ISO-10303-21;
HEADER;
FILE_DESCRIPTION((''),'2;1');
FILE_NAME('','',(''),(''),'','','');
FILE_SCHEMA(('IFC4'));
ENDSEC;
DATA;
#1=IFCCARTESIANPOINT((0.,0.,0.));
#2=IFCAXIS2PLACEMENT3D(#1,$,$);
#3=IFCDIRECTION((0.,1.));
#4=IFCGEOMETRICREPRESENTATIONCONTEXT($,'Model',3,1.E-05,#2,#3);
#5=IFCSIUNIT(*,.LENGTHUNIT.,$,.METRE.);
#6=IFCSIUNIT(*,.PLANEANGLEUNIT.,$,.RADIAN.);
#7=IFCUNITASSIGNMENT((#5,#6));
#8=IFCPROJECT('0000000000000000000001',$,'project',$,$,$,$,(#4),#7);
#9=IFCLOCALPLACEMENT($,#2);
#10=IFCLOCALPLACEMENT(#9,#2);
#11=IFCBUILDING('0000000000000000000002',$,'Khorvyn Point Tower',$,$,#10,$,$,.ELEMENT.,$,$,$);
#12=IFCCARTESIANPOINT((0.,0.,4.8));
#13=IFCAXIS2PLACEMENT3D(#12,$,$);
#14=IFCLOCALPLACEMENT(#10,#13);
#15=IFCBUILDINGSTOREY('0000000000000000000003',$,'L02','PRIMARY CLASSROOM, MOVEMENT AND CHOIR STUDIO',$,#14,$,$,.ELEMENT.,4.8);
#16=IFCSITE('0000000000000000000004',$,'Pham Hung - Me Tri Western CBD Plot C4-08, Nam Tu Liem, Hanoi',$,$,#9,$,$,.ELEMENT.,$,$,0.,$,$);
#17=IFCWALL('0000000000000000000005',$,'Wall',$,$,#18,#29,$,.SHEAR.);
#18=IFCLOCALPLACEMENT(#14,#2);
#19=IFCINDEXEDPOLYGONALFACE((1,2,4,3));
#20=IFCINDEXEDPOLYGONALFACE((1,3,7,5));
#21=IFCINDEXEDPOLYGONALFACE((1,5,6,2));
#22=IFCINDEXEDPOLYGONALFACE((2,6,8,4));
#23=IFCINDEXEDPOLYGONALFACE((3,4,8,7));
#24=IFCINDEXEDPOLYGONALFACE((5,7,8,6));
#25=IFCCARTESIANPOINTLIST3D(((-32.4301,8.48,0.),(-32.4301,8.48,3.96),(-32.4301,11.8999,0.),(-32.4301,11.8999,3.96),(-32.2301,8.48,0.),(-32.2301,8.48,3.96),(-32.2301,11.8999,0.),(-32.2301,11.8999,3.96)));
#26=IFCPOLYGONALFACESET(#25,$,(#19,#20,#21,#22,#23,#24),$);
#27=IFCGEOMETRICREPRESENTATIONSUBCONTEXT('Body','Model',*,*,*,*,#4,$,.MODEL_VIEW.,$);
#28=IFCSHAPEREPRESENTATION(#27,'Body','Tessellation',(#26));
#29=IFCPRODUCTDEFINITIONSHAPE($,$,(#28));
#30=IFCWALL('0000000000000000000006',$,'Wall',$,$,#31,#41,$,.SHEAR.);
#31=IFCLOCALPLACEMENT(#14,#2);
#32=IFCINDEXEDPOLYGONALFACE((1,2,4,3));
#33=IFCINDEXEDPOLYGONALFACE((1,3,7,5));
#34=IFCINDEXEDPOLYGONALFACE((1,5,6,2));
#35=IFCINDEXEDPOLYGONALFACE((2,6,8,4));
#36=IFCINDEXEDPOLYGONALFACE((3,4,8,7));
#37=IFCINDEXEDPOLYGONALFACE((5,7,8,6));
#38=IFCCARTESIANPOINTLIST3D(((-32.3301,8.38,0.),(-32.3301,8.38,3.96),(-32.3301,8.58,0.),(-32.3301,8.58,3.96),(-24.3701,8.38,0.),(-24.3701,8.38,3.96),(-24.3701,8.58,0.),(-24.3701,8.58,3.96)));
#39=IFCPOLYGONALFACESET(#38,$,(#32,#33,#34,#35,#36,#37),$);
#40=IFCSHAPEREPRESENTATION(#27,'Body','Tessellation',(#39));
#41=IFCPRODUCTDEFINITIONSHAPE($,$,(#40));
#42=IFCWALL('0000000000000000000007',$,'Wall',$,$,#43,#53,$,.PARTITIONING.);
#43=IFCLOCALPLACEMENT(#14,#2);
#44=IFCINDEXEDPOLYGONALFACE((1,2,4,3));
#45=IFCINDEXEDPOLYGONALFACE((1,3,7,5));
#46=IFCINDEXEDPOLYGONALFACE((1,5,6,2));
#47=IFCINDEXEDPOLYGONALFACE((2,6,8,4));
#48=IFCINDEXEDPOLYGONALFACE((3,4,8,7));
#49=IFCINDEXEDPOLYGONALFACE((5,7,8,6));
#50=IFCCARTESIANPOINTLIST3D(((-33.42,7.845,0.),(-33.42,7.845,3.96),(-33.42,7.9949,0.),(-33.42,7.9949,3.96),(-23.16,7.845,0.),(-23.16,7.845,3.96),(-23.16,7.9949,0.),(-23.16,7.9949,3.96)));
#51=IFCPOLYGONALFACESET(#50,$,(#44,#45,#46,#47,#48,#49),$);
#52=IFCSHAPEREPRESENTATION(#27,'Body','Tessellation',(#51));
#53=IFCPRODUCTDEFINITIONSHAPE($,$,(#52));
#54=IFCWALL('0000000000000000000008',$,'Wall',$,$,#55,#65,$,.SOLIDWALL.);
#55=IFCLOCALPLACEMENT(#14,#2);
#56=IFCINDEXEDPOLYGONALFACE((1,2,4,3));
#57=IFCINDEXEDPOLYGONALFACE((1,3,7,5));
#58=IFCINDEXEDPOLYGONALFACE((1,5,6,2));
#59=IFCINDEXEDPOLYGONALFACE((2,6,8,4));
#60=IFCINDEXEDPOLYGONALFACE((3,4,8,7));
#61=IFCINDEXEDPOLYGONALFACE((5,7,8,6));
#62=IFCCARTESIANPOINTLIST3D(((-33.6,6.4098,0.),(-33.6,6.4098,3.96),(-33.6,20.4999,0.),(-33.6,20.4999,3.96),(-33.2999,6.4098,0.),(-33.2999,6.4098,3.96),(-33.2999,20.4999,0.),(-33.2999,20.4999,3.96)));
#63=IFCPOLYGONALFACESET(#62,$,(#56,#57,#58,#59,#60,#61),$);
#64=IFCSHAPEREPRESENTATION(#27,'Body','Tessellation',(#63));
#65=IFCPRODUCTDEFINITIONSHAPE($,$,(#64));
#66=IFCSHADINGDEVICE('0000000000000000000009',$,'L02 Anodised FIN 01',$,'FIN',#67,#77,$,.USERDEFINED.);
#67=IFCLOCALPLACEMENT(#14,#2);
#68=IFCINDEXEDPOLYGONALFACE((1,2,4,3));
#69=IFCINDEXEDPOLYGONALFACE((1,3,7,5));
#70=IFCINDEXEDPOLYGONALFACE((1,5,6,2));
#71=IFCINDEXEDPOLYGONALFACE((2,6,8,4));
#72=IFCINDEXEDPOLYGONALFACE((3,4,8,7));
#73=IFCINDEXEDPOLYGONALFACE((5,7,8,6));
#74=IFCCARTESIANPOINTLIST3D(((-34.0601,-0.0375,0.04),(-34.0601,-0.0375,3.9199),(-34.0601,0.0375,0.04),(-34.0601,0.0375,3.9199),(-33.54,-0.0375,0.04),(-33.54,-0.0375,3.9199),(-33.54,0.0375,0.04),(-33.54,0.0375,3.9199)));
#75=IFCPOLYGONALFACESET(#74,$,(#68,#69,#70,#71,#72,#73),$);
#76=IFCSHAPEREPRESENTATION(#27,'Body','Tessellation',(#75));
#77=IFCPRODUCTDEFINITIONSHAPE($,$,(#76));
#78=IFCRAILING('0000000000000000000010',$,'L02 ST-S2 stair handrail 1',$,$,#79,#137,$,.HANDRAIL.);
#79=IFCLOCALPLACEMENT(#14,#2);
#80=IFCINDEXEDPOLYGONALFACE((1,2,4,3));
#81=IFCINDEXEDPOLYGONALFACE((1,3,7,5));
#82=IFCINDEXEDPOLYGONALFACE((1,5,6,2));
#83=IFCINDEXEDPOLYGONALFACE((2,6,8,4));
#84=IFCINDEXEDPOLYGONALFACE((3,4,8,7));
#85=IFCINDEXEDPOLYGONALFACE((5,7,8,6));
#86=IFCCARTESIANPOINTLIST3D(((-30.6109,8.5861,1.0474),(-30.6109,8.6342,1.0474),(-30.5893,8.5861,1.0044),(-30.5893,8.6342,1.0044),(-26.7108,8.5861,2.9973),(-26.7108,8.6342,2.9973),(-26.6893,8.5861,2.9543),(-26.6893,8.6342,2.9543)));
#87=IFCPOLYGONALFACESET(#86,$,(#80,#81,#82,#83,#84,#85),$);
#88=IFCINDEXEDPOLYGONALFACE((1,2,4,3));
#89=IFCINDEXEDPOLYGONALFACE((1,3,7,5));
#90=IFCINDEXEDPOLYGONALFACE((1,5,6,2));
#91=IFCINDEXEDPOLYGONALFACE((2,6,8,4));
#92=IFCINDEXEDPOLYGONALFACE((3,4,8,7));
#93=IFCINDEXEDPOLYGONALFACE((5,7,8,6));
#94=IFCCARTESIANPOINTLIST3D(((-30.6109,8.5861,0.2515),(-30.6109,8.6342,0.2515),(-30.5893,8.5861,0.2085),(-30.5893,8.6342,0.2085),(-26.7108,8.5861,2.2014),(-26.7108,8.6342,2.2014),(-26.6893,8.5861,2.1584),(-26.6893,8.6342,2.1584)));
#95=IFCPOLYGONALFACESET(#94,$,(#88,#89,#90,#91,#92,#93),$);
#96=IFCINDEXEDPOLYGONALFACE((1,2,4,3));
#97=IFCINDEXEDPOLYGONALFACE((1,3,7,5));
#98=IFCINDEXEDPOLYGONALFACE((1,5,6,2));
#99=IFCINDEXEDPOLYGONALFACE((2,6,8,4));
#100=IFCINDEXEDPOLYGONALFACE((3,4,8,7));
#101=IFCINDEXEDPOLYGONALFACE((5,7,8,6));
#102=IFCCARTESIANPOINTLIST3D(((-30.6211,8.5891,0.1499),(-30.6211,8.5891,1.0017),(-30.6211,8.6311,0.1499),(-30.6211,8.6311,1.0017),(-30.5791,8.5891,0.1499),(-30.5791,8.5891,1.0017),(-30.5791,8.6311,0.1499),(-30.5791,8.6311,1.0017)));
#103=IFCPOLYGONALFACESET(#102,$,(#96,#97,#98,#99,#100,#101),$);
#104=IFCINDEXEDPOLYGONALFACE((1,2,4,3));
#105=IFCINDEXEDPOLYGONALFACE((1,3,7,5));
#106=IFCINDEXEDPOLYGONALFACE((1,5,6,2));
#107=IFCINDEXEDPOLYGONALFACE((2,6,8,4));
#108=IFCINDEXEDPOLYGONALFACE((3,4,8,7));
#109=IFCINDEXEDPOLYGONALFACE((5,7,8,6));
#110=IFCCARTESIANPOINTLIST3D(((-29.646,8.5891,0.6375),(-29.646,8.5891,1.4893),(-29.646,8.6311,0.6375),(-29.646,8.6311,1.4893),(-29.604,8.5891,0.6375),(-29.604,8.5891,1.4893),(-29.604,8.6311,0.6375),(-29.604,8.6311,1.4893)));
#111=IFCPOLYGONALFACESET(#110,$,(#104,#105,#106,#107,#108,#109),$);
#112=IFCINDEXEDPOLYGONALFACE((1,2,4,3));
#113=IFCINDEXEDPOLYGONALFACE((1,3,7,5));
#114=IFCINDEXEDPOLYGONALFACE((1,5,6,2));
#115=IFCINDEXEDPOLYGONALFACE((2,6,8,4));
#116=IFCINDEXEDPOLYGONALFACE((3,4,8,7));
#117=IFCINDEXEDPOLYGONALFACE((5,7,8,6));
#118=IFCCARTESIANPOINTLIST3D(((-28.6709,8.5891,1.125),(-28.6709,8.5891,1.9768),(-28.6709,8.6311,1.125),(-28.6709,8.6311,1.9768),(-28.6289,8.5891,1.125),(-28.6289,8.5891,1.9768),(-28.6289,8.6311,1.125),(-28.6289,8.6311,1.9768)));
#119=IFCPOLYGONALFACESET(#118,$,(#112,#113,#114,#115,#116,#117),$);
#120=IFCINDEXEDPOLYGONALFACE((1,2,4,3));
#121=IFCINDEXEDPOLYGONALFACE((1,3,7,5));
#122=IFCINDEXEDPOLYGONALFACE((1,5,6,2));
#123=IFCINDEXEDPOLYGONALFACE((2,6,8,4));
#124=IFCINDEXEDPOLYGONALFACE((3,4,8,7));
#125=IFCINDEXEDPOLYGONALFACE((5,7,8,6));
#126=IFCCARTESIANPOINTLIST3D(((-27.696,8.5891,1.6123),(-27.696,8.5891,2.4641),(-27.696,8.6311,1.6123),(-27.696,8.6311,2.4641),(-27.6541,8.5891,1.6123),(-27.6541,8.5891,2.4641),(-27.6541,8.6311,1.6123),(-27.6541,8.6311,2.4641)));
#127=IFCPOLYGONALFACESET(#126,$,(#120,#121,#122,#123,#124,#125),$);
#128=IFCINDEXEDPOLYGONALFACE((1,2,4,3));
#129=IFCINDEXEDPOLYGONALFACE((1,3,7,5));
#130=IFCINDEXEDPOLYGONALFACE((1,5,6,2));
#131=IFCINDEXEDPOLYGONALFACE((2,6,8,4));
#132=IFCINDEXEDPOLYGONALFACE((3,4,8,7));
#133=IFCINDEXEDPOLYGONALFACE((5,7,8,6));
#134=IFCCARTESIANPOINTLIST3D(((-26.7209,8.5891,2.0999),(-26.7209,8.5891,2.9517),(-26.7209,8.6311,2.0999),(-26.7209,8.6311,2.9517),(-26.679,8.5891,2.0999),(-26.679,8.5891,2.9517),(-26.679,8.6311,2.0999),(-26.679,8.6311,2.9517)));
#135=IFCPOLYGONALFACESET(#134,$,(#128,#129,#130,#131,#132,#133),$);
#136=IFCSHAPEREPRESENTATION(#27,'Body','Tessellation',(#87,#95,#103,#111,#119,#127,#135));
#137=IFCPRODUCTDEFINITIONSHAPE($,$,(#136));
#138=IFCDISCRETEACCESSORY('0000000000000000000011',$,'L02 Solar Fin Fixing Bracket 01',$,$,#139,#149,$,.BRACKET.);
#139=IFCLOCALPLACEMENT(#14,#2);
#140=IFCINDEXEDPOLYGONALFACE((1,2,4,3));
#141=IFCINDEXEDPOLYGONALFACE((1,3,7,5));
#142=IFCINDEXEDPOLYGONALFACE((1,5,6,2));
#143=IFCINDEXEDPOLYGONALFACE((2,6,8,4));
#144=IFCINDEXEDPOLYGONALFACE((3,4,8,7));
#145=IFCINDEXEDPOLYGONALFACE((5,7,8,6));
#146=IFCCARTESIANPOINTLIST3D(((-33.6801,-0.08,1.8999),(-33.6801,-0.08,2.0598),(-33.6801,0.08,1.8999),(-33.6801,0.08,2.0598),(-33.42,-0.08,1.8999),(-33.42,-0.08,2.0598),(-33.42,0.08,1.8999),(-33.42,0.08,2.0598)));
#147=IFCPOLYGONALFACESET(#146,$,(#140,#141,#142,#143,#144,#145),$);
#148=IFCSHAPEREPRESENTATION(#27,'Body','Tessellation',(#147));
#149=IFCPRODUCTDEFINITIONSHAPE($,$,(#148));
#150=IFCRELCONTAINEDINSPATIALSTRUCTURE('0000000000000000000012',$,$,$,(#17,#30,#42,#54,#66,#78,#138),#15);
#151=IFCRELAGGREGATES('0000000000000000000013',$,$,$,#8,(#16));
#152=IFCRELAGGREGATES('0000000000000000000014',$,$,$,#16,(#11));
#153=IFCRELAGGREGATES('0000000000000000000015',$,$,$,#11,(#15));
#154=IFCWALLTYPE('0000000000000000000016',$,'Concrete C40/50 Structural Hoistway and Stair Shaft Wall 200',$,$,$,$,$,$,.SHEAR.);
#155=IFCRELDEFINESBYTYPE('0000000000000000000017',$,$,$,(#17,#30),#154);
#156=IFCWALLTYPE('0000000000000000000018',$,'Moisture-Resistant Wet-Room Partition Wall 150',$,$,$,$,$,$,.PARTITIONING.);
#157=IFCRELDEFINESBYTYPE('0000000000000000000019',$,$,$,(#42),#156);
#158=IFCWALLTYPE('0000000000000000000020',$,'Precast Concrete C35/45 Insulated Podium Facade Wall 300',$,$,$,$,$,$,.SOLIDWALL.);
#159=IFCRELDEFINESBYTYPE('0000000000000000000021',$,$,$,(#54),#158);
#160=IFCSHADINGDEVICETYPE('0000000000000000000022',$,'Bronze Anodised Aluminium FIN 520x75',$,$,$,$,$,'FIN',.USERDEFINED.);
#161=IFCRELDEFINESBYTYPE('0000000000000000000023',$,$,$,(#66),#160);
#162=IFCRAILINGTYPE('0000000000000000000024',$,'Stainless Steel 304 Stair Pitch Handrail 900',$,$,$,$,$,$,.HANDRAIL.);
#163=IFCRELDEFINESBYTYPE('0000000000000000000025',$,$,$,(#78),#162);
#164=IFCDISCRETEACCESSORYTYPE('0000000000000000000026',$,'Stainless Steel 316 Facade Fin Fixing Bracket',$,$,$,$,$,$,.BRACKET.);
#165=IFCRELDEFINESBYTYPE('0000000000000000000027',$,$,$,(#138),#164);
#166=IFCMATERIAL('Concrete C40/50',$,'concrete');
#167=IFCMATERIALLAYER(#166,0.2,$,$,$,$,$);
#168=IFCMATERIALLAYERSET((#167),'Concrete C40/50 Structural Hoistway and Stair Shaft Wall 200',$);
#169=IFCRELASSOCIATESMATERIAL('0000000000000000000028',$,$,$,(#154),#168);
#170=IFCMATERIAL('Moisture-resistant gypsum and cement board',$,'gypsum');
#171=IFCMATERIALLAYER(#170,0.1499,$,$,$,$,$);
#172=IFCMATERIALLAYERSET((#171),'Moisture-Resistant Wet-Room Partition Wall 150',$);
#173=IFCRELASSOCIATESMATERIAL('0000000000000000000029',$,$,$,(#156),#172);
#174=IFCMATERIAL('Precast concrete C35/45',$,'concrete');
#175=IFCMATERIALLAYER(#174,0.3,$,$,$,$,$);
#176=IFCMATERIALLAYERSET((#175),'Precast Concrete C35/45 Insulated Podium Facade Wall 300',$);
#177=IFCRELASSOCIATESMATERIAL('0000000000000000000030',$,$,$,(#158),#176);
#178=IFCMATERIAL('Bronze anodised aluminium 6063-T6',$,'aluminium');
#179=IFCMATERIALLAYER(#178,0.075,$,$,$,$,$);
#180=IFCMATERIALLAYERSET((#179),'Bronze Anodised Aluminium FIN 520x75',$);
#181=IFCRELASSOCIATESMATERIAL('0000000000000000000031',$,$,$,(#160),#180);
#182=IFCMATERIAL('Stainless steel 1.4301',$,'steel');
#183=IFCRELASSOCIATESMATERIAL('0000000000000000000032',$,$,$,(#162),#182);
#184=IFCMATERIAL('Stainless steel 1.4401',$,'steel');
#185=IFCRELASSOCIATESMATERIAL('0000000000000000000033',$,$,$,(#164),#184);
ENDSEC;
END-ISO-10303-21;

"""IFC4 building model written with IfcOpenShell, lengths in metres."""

from ifc_helpers import new_model, si_unit, direction, frame, frame_2d, origin, origin_2d, place, context, subcontext, project, spatial, rectangle, extrude, material, layer, layer_set, type_object, element, save


model = new_model("IFC4")

# Units and contexts
model_context = context("Model", 3, precision=1e-05, world=origin(), true_north=direction((0.0, 1.0)))
body_context = subcontext(model_context, "Body", "Model", "MODEL_VIEW")
ifc_project = project(units=[si_unit("LENGTHUNIT", "METRE"), si_unit("PLANEANGLEUNIT", "RADIAN")], contexts=[model_context])

# Site, building, storey
site_placement = place(None, origin())
site = spatial("IfcSite", under=ifc_project, at=site_placement, Name="Pham Hung - Me Tri Western CBD Plot C4-08, Nam Tu Liem, Hanoi", CompositionType="ELEMENT", RefElevation=0.0)
building_placement = place(site_placement, origin())
building = spatial("IfcBuilding", under=site, at=building_placement, Name="Khorvyn Point Tower", CompositionType="ELEMENT")
storey_placement = place(building_placement, frame((0.0, 0.0, 4.8)))
storey = spatial("IfcBuildingStorey", under=building, at=storey_placement, Name="L02", Description="PRIMARY CLASSROOM, MOVEMENT AND CHOIR STUDIO", CompositionType="ELEMENT", Elevation=4.8)

# Shared definitions
ifc_material_1 = material(Name="Concrete C40/50", Category="concrete")

# Walls
ifc_layer_1 = layer(ifc_material_1, 0.2)
ifc_layer_set_1 = layer_set([ifc_layer_1], Name="Concrete C40/50 Structural Hoistway and Stair Shaft Wall 200")
wall_type_1 = type_object("IfcWallType", Name="Concrete C40/50 Structural Hoistway and Stair Shaft Wall 200", PredefinedType="SHEAR", material=ifc_layer_set_1)
wall_1_placement = place(storey_placement, frame((-32.3301, 8.48, 0.0), z_axis=(0.0, 0.0, 1.0), x_axis=(0.0, 1.0, 0.0)))
element("IfcWall", 1, at=wall_1_placement, inside=storey, type_object=wall_type_1, Name="Wall", PredefinedType="SHEAR", context=body_context, shape_type="SweptSolid", body=[
    extrude(rectangle(XDim=3.4199, YDim=0.2, at=frame_2d((1.71, 0.0))), origin(), (0.0, 0.0, 1.0), 3.96),
])
wall_2_placement = place(storey_placement, frame((-24.3701, 8.48, 0.0), z_axis=(0.0, 0.0, 1.0), x_axis=(-1.0, 0.0, 0.0)))
element("IfcWall", 2, at=wall_2_placement, inside=storey, type_object=wall_type_1, Name="Wall", PredefinedType="SHEAR", context=body_context, shape_type="SweptSolid", body=[
    extrude(rectangle(XDim=7.96, YDim=0.2, at=frame_2d((3.98, 0.0))), origin(), (0.0, 0.0, 1.0), 3.96),
])
ifc_material_2 = material(Name="Moisture-resistant gypsum and cement board", Category="gypsum")
ifc_layer_2 = layer(ifc_material_2, 0.1499)
ifc_layer_set_2 = layer_set([ifc_layer_2], Name="Moisture-Resistant Wet-Room Partition Wall 150")
wall_type_2 = type_object("IfcWallType", Name="Moisture-Resistant Wet-Room Partition Wall 150", PredefinedType="PARTITIONING", material=ifc_layer_set_2)
wall_3_placement = place(storey_placement, frame((-33.4199, 7.9199, 0.0), z_axis=(0.0, 0.0, 1.0), x_axis=(1.0, 0.0, 0.0)))
element("IfcWall", 3, at=wall_3_placement, inside=storey, type_object=wall_type_2, Name="Wall", PredefinedType="PARTITIONING", context=body_context, shape_type="SweptSolid", body=[
    extrude(rectangle(XDim=10.26, YDim=0.1499, at=frame_2d((5.1299, 0.0))), origin(), (0.0, 0.0, 1.0), 3.96),
])
ifc_material_3 = material(Name="Precast concrete C35/45", Category="concrete")
ifc_layer_3 = layer(ifc_material_3, 0.3)
ifc_layer_set_3 = layer_set([ifc_layer_3], Name="Precast Concrete C35/45 Insulated Podium Facade Wall 300")
wall_type_3 = type_object("IfcWallType", Name="Precast Concrete C35/45 Insulated Podium Facade Wall 300", PredefinedType="SOLIDWALL", material=ifc_layer_set_3)
wall_4_placement = place(storey_placement, frame((-33.45, 6.4099, 0.0), z_axis=(0.0, 0.0, 1.0), x_axis=(0.0, 1.0, 0.0)))
element("IfcWall", 4, at=wall_4_placement, inside=storey, type_object=wall_type_3, Name="Wall", PredefinedType="SOLIDWALL", context=body_context, shape_type="SweptSolid", body=[
    extrude(rectangle(XDim=14.0901, YDim=0.3, at=frame_2d((7.0449, 0.0))), origin(), (0.0, 0.0, 1.0), 3.96),
])

# Shading device
ifc_material_4 = material(Name="Bronze anodised aluminium 6063-T6", Category="aluminium")
ifc_layer_4 = layer(ifc_material_4, 0.075)
ifc_layer_set_4 = layer_set([ifc_layer_4], Name="Bronze Anodised Aluminium FIN 520x75")
shading_device_type = type_object("IfcShadingDeviceType", Name="Bronze Anodised Aluminium FIN 520x75", ElementType="FIN", PredefinedType="USERDEFINED", material=ifc_layer_set_4)
shading_device_placement = place(storey_placement, frame((-33.8, 0.0, 0.04), z_axis=(0.0, 0.0, 1.0), x_axis=(-1.0, 0.0, 0.0)))
element("IfcShadingDevice", 5, at=shading_device_placement, inside=storey, type_object=shading_device_type, Name="L02 Anodised FIN 01", ObjectType="FIN", PredefinedType="USERDEFINED", context=body_context, shape_type="SweptSolid", body=[
    extrude(rectangle(XDim=0.52, YDim=0.075, at=origin_2d()), origin(), (0.0, 0.0, 1.0), 3.8799),
])

# Railing
ifc_material_5 = material(Name="Stainless steel 1.4301", Category="steel")
railing_type = type_object("IfcRailingType", Name="Stainless Steel 304 Stair Pitch Handrail 900", PredefinedType="HANDRAIL", material=ifc_material_5)
railing_placement = place(storey_placement, frame((-30.6001, 8.6101, 0.1499)))
element("IfcRailing", 6, at=railing_placement, inside=storey, type_object=railing_type, Name="L02 ST-S2 stair handrail 1", PredefinedType="HANDRAIL", context=body_context, shape_type="SweptSolid", body=[
    extrude(rectangle(XDim=0.0481, YDim=0.0481, at=origin_2d()), frame((0.0, 0.0, 0.876), z_axis=(0.894438, 0.0, 0.447191), x_axis=(0.0, 1.0, 0.0)), (0.0, 0.0, 1.0), 4.3604),
    extrude(rectangle(XDim=0.0481, YDim=0.0481, at=origin_2d()), frame((0.0, 0.0, 0.0801), z_axis=(0.894438, 0.0, 0.447191), x_axis=(0.0, 1.0, 0.0)), (0.0, 0.0, 1.0), 4.3604),
    extrude(rectangle(XDim=0.042, YDim=0.042, at=origin_2d()), origin(), (0.0, 0.0, 1.0), 0.8518),
    extrude(rectangle(XDim=0.042, YDim=0.042, at=origin_2d()), frame((0.9751, 0.0, 0.4875)), (0.0, 0.0, 1.0), 0.8518),
    extrude(rectangle(XDim=0.042, YDim=0.042, at=origin_2d()), frame((1.9502, 0.0, 0.9751)), (0.0, 0.0, 1.0), 0.8518),
    extrude(rectangle(XDim=0.042, YDim=0.042, at=origin_2d()), frame((2.925, 0.0, 1.4624)), (0.0, 0.0, 1.0), 0.8518),
    extrude(rectangle(XDim=0.042, YDim=0.042, at=origin_2d()), frame((3.9001, 0.0, 1.95)), (0.0, 0.0, 1.0), 0.8518),
])

# Discrete accessory
ifc_material_6 = material(Name="Stainless steel 1.4401", Category="steel")
discrete_accessory_type = type_object("IfcDiscreteAccessoryType", Name="Stainless Steel 316 Facade Fin Fixing Bracket", PredefinedType="BRACKET", material=ifc_material_6)
discrete_accessory_placement = place(storey_placement, frame((-33.55, 0.0, 1.8999), z_axis=(0.0, 0.0, 1.0), x_axis=(0.0, 1.0, 0.0)))
element("IfcDiscreteAccessory", 7, at=discrete_accessory_placement, inside=storey, type_object=discrete_accessory_type, Name="L02 Solar Fin Fixing Bracket 01", PredefinedType="BRACKET", context=body_context, shape_type="SweptSolid", body=[
    extrude(rectangle(XDim=0.1599, YDim=0.26, at=origin_2d()), origin(), (0.0, 0.0, 1.0), 0.1599),
])

save(model, "model.ifc")
